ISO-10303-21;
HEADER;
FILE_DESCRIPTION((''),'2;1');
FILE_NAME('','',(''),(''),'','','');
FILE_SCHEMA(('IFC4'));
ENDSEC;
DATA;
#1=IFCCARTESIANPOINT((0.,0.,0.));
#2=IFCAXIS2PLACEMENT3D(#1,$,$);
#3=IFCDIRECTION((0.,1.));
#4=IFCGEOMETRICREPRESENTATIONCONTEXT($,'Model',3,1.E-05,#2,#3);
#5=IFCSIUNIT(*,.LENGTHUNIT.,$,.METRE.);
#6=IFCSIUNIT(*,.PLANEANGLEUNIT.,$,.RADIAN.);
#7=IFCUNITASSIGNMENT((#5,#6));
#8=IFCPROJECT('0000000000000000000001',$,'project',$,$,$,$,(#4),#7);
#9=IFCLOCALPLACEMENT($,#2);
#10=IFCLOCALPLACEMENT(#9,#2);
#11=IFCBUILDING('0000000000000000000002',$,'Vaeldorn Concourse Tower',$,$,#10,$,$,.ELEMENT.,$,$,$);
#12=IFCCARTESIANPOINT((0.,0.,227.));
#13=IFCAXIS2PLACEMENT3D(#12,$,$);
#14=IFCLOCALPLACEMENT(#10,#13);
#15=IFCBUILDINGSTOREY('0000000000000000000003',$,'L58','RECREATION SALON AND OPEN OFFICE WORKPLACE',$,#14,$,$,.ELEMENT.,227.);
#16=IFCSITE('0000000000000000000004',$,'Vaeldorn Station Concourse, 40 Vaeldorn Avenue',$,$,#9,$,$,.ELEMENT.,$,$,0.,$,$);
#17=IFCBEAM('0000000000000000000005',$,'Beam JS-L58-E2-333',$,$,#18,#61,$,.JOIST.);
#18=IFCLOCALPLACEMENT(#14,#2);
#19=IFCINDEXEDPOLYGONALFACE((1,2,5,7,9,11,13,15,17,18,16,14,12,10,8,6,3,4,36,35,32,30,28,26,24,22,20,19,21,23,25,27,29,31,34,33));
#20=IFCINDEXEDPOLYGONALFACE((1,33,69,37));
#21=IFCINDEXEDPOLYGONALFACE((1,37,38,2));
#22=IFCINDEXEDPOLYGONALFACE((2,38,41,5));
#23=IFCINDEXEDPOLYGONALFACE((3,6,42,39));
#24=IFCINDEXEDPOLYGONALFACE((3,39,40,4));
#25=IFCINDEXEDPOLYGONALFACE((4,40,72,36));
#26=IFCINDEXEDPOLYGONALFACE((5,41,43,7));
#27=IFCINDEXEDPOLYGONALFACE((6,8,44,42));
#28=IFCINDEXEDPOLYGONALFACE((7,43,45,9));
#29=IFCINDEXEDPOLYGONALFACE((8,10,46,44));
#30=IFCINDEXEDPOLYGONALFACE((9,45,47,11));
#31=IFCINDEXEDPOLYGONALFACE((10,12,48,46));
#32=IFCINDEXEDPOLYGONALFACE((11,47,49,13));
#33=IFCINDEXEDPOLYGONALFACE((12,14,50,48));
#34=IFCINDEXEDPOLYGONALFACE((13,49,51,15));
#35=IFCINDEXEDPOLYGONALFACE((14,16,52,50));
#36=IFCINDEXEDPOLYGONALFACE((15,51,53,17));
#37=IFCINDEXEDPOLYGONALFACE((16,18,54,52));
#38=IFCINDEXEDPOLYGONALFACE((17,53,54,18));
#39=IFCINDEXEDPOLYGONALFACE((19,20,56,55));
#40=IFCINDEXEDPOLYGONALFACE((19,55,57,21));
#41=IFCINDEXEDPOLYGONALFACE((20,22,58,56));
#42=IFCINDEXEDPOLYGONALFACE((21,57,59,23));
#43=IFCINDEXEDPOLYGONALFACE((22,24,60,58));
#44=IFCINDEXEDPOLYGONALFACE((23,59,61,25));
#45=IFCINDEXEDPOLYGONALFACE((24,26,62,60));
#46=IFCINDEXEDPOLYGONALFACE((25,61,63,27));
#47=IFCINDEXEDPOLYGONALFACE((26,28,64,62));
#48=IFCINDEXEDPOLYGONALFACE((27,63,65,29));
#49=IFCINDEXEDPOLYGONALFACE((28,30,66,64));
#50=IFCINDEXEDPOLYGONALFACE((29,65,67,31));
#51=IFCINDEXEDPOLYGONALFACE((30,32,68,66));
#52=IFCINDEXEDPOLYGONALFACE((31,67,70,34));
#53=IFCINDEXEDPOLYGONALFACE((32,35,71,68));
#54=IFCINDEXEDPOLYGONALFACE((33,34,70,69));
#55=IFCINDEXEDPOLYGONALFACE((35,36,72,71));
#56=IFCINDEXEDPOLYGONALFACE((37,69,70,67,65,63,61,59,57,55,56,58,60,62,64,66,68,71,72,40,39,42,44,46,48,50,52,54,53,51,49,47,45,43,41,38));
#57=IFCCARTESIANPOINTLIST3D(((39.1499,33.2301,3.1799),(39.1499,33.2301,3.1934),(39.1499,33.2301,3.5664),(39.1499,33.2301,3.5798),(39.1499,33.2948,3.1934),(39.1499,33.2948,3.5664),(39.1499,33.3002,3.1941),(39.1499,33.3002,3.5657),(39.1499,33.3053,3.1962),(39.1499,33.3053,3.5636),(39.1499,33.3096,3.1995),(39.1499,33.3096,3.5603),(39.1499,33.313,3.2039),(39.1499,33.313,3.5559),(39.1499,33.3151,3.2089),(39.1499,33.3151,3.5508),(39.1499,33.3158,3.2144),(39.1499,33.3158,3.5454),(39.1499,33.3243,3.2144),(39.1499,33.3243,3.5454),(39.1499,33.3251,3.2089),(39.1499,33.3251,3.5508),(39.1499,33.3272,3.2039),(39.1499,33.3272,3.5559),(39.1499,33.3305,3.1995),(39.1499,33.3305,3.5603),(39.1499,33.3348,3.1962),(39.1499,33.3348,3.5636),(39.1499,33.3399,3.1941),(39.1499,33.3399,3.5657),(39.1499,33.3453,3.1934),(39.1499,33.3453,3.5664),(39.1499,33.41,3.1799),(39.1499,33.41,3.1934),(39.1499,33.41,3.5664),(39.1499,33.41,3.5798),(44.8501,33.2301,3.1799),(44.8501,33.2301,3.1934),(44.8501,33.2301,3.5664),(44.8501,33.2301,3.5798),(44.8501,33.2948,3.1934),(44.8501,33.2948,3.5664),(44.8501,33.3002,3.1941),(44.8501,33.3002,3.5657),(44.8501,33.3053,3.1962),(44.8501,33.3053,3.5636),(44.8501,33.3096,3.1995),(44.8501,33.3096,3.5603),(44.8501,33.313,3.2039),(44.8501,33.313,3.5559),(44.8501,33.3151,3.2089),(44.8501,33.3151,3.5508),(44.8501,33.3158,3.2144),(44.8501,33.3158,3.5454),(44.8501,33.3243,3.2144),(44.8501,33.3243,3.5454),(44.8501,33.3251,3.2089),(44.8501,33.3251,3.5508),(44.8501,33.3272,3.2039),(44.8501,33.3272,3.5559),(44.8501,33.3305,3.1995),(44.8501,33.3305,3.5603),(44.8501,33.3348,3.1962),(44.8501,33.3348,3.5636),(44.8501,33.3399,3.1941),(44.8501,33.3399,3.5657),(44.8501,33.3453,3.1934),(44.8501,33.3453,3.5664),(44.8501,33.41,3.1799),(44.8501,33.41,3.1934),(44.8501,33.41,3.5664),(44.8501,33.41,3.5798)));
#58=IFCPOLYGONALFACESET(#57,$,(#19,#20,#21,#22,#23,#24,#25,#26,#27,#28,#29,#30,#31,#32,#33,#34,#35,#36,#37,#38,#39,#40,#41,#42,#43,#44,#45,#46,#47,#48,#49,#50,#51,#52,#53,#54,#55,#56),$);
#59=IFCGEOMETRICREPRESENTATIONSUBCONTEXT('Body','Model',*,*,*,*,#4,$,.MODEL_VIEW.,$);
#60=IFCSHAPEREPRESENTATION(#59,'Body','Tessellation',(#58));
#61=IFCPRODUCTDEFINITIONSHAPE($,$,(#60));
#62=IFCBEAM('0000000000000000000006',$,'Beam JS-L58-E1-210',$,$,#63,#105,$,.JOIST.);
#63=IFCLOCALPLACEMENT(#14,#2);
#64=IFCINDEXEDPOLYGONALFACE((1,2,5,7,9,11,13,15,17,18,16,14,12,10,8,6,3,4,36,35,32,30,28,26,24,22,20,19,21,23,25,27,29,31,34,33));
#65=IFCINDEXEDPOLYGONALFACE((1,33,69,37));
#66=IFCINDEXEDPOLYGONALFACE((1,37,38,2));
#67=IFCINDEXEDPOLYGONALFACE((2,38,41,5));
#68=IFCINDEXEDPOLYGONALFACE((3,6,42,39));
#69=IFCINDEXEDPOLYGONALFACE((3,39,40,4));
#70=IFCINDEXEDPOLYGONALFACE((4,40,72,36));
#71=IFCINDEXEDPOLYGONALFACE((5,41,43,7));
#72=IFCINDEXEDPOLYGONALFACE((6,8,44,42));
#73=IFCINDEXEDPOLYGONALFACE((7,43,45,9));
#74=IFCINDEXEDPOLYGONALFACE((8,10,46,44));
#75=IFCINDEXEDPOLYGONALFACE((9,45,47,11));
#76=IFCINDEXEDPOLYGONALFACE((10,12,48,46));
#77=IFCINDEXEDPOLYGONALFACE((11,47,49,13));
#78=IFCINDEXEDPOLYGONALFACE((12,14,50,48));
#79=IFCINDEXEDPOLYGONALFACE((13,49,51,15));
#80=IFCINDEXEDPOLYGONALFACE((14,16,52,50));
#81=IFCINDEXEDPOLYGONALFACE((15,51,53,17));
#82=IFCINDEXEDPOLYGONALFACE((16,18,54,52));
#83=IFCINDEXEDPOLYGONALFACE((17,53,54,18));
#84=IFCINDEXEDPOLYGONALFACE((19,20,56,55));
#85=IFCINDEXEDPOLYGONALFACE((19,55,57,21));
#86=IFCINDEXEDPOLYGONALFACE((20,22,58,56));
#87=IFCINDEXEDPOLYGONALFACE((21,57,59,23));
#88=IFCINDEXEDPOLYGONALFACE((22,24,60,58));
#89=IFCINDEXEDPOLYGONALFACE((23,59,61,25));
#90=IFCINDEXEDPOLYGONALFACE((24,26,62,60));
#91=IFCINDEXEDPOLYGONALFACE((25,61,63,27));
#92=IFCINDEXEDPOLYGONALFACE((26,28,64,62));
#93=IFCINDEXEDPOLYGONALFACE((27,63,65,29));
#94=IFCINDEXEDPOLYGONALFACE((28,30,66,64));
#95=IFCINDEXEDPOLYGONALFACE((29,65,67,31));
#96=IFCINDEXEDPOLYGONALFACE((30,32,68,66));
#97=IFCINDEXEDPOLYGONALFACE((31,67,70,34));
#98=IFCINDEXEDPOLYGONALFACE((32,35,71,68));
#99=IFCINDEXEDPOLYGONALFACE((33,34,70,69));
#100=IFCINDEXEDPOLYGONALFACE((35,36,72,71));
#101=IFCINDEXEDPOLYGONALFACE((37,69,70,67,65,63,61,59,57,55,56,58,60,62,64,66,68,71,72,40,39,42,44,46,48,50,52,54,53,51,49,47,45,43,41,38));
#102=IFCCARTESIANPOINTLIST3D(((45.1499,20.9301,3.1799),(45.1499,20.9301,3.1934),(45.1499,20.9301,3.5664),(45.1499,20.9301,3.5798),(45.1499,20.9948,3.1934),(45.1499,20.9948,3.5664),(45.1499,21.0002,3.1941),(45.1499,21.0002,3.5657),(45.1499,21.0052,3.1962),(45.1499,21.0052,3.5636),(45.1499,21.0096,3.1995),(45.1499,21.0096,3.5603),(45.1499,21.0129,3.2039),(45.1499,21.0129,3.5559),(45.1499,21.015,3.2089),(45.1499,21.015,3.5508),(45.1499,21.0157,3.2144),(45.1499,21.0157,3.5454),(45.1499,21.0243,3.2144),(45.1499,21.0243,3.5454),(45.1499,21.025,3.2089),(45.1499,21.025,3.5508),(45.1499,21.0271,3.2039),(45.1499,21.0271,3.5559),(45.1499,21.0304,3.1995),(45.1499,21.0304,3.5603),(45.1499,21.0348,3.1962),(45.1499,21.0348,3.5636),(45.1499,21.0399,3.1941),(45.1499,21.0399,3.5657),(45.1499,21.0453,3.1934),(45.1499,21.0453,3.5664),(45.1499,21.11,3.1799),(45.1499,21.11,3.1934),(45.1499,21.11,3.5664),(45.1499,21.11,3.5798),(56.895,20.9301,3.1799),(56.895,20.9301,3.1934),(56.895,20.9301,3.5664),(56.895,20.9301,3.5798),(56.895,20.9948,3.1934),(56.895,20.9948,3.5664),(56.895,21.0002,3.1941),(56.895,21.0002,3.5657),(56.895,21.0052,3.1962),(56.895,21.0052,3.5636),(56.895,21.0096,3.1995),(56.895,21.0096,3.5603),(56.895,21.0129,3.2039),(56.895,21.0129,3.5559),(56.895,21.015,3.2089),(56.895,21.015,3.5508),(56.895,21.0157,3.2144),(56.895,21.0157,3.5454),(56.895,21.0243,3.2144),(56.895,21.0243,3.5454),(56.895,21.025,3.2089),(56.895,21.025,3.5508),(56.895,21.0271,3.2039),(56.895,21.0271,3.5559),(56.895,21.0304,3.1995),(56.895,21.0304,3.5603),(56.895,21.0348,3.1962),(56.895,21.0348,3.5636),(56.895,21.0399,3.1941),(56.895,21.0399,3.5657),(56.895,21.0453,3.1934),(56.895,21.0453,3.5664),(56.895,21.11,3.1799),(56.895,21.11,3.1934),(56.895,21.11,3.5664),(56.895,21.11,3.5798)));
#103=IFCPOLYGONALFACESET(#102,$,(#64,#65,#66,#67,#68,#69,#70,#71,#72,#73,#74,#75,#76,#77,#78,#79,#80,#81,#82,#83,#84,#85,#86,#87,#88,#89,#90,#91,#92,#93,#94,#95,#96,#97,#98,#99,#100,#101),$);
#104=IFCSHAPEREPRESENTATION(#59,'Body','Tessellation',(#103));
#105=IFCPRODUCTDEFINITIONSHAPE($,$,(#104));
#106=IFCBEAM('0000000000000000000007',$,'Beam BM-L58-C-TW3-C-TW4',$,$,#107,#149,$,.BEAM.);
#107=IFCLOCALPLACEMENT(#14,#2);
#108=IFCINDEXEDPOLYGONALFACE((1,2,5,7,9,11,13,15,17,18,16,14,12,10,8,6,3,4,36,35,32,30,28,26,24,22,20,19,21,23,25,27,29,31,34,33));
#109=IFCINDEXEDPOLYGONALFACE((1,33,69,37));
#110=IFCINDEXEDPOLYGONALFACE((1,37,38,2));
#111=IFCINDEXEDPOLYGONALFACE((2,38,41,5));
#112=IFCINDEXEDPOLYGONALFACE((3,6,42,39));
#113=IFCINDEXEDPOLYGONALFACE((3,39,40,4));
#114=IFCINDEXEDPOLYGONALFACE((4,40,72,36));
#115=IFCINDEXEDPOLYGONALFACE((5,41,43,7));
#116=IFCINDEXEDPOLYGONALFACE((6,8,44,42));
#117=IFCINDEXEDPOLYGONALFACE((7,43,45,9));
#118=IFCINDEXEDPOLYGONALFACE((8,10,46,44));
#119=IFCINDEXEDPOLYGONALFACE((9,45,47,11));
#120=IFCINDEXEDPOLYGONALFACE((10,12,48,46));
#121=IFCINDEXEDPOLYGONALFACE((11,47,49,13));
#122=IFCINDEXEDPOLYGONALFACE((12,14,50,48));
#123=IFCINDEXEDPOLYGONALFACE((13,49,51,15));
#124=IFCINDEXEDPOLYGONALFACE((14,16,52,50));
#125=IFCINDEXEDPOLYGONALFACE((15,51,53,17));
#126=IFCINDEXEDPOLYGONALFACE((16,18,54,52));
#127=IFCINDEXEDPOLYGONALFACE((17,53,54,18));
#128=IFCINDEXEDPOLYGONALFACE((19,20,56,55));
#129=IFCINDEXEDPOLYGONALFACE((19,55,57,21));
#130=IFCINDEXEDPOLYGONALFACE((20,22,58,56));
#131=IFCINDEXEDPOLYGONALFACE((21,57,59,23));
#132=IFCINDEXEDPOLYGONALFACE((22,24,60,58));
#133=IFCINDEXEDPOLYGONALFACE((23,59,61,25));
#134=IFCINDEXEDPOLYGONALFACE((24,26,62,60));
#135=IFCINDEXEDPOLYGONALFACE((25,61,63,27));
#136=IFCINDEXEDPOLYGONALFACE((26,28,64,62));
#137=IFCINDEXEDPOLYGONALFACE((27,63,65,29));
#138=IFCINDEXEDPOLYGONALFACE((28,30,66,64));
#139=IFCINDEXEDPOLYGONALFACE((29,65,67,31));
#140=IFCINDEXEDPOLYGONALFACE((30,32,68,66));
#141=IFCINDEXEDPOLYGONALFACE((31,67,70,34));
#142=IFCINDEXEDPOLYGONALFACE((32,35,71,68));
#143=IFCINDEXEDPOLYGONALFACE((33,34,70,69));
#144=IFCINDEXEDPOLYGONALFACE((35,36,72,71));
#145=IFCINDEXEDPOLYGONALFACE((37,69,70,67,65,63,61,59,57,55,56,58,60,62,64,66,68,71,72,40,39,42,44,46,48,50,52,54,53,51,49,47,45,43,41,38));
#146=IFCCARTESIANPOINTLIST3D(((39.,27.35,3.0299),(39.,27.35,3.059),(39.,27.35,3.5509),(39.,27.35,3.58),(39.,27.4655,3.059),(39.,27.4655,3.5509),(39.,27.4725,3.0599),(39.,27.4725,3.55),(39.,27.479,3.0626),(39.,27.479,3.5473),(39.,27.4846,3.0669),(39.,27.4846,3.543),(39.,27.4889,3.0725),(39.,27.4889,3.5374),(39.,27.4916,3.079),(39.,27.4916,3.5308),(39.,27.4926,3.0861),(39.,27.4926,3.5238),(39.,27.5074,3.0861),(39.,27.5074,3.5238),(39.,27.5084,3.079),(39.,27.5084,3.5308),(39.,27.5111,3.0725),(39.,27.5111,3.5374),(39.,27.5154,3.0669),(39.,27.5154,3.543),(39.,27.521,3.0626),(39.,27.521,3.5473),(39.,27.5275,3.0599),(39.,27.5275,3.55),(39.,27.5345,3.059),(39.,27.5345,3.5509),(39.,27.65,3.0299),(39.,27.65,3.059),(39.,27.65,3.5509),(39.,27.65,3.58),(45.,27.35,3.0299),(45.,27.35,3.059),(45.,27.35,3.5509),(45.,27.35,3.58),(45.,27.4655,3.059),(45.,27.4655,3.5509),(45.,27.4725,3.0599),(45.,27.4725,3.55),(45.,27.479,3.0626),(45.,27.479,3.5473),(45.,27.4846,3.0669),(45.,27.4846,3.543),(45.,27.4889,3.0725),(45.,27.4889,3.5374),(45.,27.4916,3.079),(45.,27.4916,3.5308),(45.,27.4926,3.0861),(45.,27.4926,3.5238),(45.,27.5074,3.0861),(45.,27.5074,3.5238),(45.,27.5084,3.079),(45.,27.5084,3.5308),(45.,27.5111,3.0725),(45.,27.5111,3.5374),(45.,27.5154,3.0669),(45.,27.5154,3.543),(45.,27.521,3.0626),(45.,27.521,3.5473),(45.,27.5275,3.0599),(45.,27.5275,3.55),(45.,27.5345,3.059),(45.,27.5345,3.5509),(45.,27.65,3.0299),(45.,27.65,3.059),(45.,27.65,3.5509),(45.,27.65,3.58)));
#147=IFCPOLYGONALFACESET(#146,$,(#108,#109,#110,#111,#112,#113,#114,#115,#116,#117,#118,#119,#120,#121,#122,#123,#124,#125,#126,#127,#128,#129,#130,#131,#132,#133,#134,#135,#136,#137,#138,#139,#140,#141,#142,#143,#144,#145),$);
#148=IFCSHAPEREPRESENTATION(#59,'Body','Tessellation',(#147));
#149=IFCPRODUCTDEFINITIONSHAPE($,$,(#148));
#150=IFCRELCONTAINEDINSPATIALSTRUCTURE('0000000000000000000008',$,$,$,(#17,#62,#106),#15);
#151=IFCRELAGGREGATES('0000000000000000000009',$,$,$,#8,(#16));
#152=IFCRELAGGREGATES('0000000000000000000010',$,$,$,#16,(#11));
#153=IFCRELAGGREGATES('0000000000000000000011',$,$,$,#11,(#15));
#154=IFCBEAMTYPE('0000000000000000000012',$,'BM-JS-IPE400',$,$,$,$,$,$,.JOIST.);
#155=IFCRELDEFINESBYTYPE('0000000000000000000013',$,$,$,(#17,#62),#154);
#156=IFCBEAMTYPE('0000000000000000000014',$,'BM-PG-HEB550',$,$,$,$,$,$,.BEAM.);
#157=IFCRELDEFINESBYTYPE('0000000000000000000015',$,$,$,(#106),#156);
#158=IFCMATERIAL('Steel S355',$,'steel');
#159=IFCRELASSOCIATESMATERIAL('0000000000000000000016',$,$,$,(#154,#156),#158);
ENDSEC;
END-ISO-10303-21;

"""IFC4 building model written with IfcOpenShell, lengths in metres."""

from ifc_helpers import new_model, si_unit, direction, frame, origin, origin_2d, place, context, subcontext, project, spatial, i_section, extrude, source, transform, mapped, material, material_profile, profile_set, type_object, element, save


model = new_model("IFC4")

# Units and contexts
model_context = context("Model", 3, precision=1e-05, world=origin(), true_north=direction((0.0, 1.0)))
body_context = subcontext(model_context, "Body", "Model", "MODEL_VIEW")
ifc_project = project(units=[si_unit("LENGTHUNIT", "METRE"), si_unit("PLANEANGLEUNIT", "RADIAN")], contexts=[model_context])

# Site, building, storey
site_placement = place(None, origin())
site = spatial("IfcSite", under=ifc_project, at=site_placement, Name="Vaeldorn Station Concourse, 40 Vaeldorn Avenue", CompositionType="ELEMENT", RefElevation=0.0)
building_placement = place(site_placement, origin())
building = spatial("IfcBuilding", under=site, at=building_placement, Name="Vaeldorn Concourse Tower", CompositionType="ELEMENT")
storey_placement = place(building_placement, frame((0.0, 0.0, 227.0)))
storey = spatial("IfcBuildingStorey", under=building, at=storey_placement, Name="L58", Description="RECREATION SALON AND OPEN OFFICE WORKPLACE", CompositionType="ELEMENT", Elevation=227.0)

# Shared definitions
ifc_material_1 = material(Name="Steel S355", Category="steel")

# Beams
ifc_material_profile_1 = material_profile(ifc_material_1, i_section(OverallWidth=0.1799, OverallDepth=0.3999, WebThickness=0.0085, FlangeThickness=0.0134, FilletRadius=0.021, at=origin_2d()), Name="IPE 400")
ifc_profile_set_1 = profile_set([ifc_material_profile_1], Name="Steel S355")
beam_type_1 = type_object("IfcBeamType", Name="BM-JS-IPE400", PredefinedType="JOIST", material=ifc_profile_set_1)
shared_shape_1 = source(origin(), body_context, "Body", "SweptSolid", [
    extrude(i_section(OverallWidth=0.1799, OverallDepth=0.3999, WebThickness=0.0085, FlangeThickness=0.0134, FilletRadius=0.021, at=origin_2d()), origin(), (0.0, 0.0, 1.0), 5.7002),
])
for number, where, z_axis, x_axis, name in (
    (1, (39.1499, 33.3201, 3.3799), (1.0, 0.0, 0.0), (0.0, 1.0, 0.0), "Beam JS-L58-E2-333"),
):
    element("IfcBeam", number, at=place(storey_placement, frame(where, z_axis=z_axis, x_axis=x_axis)), inside=storey, type_object=beam_type_1, Name=name, PredefinedType="JOIST", context=body_context, shape_type="MappedRepresentation", body=[
        mapped(shared_shape_1, transform((0.0, 0.0, 0.0), scale=1.0)),
    ])
shared_shape_2 = source(origin(), body_context, "Body", "SweptSolid", [
    extrude(i_section(OverallWidth=0.1799, OverallDepth=0.3999, WebThickness=0.0085, FlangeThickness=0.0134, FilletRadius=0.021, at=origin_2d()), origin(), (0.0, 0.0, 1.0), 11.7451),
])
beam_1_placement = place(storey_placement, frame((45.1499, 21.02, 3.3799), z_axis=(1.0, 0.0, 0.0), x_axis=(0.0, 1.0, 0.0)))
element("IfcBeam", 2, at=beam_1_placement, inside=storey, type_object=beam_type_1, Name="Beam JS-L58-E1-210", PredefinedType="JOIST", context=body_context, shape_type="MappedRepresentation", body=[
    mapped(shared_shape_2, transform((0.0, 0.0, 0.0), scale=1.0)),
])
ifc_material_profile_2 = material_profile(ifc_material_1, i_section(OverallWidth=0.3, OverallDepth=0.55, WebThickness=0.0149, FlangeThickness=0.0291, FilletRadius=0.0271, at=origin_2d()), Name="HEB 550")
ifc_profile_set_2 = profile_set([ifc_material_profile_2], Name="Steel S355")
beam_type_2 = type_object("IfcBeamType", Name="BM-PG-HEB550", PredefinedType="BEAM", material=ifc_profile_set_2)
shared_shape_3 = source(origin(), body_context, "Body", "SweptSolid", [
    extrude(i_section(OverallWidth=0.3, OverallDepth=0.55, WebThickness=0.0149, FlangeThickness=0.0291, FilletRadius=0.0271, at=origin_2d()), origin(), (0.0, 0.0, 1.0), 6.0),
])
beam_2_placement = place(storey_placement, frame((39.0, 27.5, 3.3049), z_axis=(1.0, 0.0, 0.0), x_axis=(0.0, 1.0, 0.0)))
element("IfcBeam", 3, at=beam_2_placement, inside=storey, type_object=beam_type_2, Name="Beam BM-L58-C-TW3-C-TW4", PredefinedType="BEAM", context=body_context, shape_type="MappedRepresentation", body=[
    mapped(shared_shape_3, transform((0.0, 0.0, 0.0), scale=1.0)),
])

save(model, "model.ifc")
